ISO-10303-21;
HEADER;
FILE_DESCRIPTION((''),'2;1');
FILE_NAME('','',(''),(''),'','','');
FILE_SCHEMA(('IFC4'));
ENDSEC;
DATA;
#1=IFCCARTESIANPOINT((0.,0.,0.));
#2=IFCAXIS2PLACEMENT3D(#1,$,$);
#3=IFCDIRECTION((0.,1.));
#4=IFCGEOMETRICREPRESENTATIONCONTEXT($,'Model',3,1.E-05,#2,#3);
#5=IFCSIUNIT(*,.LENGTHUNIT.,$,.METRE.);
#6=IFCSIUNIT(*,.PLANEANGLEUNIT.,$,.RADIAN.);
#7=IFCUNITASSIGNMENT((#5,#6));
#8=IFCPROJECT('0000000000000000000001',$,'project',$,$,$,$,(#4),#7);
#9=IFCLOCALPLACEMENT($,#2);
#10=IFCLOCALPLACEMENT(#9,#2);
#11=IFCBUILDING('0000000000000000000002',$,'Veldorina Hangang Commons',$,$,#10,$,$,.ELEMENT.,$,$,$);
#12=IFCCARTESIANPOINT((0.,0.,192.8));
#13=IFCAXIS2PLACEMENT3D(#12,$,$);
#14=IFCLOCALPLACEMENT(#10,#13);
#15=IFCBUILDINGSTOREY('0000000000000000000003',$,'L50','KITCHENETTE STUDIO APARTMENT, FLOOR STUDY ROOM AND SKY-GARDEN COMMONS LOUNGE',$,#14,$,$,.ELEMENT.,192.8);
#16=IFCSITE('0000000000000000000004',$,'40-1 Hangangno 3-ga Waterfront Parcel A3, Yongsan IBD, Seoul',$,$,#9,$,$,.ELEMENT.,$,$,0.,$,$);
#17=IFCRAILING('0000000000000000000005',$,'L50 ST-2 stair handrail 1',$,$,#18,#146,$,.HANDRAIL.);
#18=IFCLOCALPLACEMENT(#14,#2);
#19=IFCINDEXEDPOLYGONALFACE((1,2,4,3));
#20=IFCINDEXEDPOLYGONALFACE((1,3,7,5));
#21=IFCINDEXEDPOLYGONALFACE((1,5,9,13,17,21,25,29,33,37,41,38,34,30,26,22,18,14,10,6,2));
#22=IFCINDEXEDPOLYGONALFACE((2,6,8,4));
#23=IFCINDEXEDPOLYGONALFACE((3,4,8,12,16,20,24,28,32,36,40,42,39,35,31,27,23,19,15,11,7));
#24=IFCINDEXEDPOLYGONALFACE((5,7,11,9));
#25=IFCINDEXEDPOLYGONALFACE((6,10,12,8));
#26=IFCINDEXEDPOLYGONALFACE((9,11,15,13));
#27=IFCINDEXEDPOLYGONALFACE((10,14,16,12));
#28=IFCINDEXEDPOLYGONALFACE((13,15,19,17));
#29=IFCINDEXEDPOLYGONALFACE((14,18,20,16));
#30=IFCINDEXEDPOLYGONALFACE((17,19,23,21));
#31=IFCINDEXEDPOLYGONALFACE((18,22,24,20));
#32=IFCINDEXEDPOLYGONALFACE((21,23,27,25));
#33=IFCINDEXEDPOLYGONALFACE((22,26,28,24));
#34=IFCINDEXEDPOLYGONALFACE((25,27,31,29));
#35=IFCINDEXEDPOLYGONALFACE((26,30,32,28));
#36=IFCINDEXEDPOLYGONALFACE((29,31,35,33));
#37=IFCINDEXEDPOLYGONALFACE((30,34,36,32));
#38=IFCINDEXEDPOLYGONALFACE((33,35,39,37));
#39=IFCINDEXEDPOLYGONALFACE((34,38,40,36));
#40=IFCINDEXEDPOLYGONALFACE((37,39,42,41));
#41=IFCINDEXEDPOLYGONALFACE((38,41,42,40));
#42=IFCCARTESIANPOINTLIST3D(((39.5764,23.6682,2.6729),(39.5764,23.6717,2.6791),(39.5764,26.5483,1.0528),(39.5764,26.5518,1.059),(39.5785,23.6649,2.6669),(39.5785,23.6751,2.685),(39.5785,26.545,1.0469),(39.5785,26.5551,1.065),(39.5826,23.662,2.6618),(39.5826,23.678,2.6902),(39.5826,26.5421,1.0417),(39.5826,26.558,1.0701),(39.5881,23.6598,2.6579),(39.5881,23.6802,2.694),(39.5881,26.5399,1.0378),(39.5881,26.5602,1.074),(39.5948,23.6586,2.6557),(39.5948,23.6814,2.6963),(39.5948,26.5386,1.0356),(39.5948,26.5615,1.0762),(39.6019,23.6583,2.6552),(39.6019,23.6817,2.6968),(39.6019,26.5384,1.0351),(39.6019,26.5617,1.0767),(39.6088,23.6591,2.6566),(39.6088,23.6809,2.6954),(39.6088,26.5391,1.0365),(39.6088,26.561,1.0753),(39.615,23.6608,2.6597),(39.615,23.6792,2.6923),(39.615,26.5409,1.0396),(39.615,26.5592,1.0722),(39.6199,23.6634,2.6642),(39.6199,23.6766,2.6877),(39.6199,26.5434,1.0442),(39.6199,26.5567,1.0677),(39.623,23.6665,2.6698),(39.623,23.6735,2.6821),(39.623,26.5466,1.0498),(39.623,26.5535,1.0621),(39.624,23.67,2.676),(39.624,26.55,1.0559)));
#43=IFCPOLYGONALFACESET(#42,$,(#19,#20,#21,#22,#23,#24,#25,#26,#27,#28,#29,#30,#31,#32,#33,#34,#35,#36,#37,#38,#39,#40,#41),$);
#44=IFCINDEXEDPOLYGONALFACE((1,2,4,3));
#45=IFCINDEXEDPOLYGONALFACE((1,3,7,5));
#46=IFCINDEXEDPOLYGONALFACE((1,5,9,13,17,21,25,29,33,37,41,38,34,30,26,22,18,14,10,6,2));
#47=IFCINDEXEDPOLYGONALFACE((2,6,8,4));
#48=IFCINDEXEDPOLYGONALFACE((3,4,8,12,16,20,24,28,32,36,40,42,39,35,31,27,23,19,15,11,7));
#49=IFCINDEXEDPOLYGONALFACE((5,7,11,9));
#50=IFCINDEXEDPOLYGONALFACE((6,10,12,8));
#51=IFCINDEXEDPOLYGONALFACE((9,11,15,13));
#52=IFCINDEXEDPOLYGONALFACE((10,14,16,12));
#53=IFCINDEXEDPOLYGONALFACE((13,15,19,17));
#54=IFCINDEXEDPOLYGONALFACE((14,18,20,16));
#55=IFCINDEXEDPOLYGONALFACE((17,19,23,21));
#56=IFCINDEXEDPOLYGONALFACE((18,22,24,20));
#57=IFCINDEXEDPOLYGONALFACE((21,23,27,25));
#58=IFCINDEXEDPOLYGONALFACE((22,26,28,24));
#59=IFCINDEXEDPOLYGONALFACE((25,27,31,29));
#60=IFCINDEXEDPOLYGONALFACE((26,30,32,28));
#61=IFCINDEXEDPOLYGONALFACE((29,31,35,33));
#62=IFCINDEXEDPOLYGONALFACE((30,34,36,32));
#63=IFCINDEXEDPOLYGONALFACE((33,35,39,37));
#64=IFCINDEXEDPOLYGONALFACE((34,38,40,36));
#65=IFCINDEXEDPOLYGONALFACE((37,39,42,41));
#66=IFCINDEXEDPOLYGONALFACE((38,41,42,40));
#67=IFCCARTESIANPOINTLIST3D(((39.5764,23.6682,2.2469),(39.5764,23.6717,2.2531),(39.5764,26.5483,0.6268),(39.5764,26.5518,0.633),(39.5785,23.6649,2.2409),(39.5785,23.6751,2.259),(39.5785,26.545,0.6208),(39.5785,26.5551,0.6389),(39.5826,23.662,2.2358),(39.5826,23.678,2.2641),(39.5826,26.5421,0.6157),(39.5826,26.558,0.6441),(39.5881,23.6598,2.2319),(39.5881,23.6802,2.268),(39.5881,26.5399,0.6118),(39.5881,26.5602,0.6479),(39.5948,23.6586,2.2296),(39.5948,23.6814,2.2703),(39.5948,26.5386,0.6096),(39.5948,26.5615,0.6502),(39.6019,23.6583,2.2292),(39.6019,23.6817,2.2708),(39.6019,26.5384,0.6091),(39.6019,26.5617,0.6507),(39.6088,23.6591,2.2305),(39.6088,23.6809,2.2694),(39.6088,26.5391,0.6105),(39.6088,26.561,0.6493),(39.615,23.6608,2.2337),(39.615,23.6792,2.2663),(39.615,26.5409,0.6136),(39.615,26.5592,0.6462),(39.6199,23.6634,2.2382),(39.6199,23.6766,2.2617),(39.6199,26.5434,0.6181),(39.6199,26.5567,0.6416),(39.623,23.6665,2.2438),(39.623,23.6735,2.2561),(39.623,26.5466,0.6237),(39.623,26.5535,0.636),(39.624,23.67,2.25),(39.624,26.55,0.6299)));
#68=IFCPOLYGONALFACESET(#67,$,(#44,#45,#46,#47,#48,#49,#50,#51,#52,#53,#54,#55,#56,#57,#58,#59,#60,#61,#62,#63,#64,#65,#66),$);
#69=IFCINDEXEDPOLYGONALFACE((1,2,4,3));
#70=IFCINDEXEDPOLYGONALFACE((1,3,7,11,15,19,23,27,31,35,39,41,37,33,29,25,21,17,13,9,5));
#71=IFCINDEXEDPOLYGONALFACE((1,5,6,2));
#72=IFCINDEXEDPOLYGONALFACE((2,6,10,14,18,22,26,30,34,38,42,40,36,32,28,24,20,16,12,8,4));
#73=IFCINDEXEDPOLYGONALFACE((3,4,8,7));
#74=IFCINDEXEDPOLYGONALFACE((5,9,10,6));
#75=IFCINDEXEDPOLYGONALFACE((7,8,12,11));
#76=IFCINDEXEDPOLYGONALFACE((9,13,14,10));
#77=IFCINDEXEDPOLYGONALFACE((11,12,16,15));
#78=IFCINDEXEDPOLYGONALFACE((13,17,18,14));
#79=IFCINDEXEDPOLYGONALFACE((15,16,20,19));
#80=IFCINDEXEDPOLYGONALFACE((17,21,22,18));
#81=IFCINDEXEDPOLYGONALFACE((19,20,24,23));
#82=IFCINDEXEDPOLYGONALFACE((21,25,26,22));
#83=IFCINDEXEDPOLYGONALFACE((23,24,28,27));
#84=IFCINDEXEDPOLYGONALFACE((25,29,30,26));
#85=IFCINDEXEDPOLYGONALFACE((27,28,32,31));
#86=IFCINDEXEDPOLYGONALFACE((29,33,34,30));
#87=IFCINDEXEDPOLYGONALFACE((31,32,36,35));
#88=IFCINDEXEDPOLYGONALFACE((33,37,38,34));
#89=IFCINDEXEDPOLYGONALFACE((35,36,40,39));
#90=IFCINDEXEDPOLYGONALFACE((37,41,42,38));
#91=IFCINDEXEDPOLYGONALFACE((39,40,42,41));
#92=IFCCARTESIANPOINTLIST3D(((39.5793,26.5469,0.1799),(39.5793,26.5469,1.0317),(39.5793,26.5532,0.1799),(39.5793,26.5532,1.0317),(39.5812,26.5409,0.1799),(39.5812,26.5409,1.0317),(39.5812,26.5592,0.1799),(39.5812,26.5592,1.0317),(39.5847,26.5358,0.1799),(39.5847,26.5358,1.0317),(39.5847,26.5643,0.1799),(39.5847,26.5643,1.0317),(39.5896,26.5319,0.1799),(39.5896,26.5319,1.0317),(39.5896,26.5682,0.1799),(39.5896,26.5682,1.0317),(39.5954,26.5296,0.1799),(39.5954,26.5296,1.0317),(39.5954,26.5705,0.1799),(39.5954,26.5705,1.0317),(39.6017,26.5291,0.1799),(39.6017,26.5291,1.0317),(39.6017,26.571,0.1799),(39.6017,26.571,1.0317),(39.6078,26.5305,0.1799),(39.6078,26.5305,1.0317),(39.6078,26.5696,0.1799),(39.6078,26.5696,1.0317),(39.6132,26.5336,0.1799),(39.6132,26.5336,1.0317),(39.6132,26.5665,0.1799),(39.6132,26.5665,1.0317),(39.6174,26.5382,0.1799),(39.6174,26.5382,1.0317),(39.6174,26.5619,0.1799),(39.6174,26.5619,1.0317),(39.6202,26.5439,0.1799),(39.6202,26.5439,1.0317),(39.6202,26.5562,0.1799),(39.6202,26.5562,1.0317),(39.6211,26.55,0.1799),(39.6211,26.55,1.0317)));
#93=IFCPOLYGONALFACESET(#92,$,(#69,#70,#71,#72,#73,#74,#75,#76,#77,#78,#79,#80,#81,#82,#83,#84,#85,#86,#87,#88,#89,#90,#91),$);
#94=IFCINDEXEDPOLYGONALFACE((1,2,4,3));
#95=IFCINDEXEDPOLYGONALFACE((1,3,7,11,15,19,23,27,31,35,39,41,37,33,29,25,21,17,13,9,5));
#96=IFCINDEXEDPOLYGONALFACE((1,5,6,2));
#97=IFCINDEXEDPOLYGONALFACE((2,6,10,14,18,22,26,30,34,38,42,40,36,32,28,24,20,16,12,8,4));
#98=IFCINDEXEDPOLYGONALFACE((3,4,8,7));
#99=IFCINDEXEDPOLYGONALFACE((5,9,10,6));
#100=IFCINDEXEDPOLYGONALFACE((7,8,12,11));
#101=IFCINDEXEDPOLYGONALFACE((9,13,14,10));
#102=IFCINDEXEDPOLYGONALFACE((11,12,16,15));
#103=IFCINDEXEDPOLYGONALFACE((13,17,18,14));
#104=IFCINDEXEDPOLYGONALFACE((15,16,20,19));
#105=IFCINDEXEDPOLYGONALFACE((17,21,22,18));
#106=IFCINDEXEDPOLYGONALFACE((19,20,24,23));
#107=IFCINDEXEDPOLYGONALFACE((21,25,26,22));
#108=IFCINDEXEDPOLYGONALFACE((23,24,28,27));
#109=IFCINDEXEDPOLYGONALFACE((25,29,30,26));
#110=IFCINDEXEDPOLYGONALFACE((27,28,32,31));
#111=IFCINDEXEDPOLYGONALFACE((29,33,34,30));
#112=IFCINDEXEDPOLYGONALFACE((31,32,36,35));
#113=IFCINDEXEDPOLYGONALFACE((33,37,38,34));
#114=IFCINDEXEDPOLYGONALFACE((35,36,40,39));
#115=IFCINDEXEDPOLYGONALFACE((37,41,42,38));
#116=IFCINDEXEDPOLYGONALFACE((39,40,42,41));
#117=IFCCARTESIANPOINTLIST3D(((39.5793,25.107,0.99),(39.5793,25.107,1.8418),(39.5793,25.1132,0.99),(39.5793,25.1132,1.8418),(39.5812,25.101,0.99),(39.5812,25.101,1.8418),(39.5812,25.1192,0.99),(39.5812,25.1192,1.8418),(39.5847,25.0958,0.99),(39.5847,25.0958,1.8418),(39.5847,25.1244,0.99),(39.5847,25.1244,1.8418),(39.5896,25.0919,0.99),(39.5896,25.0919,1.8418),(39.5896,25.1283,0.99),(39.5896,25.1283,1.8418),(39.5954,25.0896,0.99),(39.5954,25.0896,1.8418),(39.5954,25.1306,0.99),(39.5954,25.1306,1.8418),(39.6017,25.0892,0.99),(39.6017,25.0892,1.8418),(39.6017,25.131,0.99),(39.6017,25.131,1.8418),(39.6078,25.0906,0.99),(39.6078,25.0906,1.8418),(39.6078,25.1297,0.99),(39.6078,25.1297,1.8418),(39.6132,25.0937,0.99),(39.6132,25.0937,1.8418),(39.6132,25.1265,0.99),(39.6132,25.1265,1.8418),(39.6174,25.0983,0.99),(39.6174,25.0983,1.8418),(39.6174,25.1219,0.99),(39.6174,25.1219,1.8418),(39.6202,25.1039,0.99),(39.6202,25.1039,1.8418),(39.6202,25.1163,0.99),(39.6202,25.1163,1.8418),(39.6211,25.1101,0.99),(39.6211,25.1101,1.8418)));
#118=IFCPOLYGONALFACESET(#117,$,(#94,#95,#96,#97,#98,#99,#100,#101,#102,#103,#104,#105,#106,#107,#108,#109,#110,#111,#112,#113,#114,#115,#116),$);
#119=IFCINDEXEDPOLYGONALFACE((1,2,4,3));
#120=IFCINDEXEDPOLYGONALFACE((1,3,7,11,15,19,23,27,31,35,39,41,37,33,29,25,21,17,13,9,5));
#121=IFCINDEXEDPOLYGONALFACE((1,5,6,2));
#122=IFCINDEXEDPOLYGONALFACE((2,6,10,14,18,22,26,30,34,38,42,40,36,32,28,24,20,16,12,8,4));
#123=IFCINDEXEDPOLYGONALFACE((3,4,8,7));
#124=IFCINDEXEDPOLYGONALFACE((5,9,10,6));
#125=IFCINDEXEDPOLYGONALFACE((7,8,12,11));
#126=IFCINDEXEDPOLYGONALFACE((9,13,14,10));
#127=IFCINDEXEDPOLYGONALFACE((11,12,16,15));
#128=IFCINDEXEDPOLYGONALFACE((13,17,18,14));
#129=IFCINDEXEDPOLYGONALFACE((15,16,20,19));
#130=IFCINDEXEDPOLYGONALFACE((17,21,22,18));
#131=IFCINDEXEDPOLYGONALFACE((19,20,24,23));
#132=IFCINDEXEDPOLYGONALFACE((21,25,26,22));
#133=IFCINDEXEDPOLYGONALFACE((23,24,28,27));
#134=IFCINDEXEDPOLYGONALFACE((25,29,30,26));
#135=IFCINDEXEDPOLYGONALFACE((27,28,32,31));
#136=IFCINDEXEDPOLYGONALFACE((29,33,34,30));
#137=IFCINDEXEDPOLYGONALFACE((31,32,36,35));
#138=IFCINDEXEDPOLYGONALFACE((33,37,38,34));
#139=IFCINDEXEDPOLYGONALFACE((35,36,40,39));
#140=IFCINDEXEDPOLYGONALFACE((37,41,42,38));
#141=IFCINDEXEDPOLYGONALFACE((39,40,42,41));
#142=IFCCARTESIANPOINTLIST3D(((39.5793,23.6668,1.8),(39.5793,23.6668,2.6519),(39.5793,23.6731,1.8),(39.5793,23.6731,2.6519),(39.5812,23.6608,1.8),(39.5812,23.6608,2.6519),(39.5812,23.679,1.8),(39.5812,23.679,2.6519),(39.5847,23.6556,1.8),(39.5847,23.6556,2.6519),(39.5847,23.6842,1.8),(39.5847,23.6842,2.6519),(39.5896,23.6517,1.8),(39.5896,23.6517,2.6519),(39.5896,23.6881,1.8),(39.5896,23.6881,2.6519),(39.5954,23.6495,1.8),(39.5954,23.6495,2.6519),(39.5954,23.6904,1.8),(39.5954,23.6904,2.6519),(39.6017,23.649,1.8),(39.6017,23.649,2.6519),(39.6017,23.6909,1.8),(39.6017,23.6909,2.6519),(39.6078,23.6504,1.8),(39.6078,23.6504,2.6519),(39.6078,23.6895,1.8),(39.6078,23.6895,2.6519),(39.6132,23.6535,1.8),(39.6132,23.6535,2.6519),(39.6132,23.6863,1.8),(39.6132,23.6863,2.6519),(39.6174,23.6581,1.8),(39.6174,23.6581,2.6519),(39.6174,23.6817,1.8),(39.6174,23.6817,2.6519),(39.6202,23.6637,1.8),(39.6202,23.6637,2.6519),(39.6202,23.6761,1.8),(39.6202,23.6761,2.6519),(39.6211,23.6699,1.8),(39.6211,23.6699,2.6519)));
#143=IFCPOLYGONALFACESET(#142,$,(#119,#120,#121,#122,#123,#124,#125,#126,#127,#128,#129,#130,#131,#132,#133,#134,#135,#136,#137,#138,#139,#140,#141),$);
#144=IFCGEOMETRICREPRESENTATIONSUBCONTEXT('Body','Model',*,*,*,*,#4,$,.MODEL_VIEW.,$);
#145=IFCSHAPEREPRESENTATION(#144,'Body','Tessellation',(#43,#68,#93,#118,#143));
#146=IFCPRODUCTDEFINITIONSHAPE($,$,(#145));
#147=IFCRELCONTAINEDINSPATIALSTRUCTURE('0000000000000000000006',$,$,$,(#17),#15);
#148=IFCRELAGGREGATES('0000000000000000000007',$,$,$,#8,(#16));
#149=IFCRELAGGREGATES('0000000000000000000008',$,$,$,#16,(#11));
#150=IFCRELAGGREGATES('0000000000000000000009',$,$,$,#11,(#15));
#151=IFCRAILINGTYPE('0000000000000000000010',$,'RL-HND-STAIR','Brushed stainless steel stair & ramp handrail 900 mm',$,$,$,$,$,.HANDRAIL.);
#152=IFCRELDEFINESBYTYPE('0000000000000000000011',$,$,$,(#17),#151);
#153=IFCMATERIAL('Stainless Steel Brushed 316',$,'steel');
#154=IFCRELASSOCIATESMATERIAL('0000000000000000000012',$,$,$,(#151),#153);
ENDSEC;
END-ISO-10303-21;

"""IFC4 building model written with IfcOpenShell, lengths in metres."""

from ifc_helpers import new_model, si_unit, direction, frame, origin, origin_2d, place, context, subcontext, project, spatial, circle, extrude, material, type_object, element, save


model = new_model("IFC4")

# Units and contexts
model_context = context("Model", 3, precision=1e-05, world=origin(), true_north=direction((0.0, 1.0)))
body_context = subcontext(model_context, "Body", "Model", "MODEL_VIEW")
ifc_project = project(units=[si_unit("LENGTHUNIT", "METRE"), si_unit("PLANEANGLEUNIT", "RADIAN")], contexts=[model_context])

# Site, building, storey
site_placement = place(None, origin())
site = spatial("IfcSite", under=ifc_project, at=site_placement, Name="40-1 Hangangno 3-ga Waterfront Parcel A3, Yongsan IBD, Seoul", CompositionType="ELEMENT", RefElevation=0.0)
building_placement = place(site_placement, origin())
building = spatial("IfcBuilding", under=site, at=building_placement, Name="Veldorina Hangang Commons", CompositionType="ELEMENT")
storey_placement = place(building_placement, frame((0.0, 0.0, 192.8)))
storey = spatial("IfcBuildingStorey", under=building, at=storey_placement, Name="L50", Description="KITCHENETTE STUDIO APARTMENT, FLOOR STUDY ROOM AND SKY-GARDEN COMMONS LOUNGE", CompositionType="ELEMENT", Elevation=192.8)

# Railing
ifc_material_1 = material(Name="Stainless Steel Brushed 316", Category="steel")
railing_type_1 = type_object("IfcRailingType", Name="RL-HND-STAIR", Description="Brushed stainless steel stair & ramp handrail 900 mm", PredefinedType="HANDRAIL", material=ifc_material_1)
railing_1_placement = place(storey_placement, frame((39.6001, 26.55, 0.1799)))
element("IfcRailing", 1, at=railing_1_placement, inside=storey, type_object=railing_type_1, Name="L50 ST-2 stair handrail 1", PredefinedType="HANDRAIL", context=body_context, shape_type="SweptSolid", body=[
    extrude(circle(Radius=0.0239, at=origin_2d()), frame((0.0, 0.0, 0.876), z_axis=(0.0, -0.87157, 0.490272), x_axis=(1.0, 0.0, 0.0)), (0.0, 0.0, 1.0), 3.3044),
    extrude(circle(Radius=0.0239, at=origin_2d()), frame((0.0, 0.0, 0.45), z_axis=(0.0, -0.87157, 0.490272), x_axis=(1.0, 0.0, 0.0)), (0.0, 0.0, 1.0), 3.3044),
    extrude(circle(Radius=0.021, at=origin_2d()), origin(), (0.0, 0.0, 1.0), 0.8518),
    extrude(circle(Radius=0.021, at=origin_2d()), frame((0.0, -1.4399, 0.8101)), (0.0, 0.0, 1.0), 0.8518),
    extrude(circle(Radius=0.021, at=origin_2d()), frame((0.0, -2.8801, 1.6201)), (0.0, 0.0, 1.0), 0.8518),
])

save(model, "model.ifc")
